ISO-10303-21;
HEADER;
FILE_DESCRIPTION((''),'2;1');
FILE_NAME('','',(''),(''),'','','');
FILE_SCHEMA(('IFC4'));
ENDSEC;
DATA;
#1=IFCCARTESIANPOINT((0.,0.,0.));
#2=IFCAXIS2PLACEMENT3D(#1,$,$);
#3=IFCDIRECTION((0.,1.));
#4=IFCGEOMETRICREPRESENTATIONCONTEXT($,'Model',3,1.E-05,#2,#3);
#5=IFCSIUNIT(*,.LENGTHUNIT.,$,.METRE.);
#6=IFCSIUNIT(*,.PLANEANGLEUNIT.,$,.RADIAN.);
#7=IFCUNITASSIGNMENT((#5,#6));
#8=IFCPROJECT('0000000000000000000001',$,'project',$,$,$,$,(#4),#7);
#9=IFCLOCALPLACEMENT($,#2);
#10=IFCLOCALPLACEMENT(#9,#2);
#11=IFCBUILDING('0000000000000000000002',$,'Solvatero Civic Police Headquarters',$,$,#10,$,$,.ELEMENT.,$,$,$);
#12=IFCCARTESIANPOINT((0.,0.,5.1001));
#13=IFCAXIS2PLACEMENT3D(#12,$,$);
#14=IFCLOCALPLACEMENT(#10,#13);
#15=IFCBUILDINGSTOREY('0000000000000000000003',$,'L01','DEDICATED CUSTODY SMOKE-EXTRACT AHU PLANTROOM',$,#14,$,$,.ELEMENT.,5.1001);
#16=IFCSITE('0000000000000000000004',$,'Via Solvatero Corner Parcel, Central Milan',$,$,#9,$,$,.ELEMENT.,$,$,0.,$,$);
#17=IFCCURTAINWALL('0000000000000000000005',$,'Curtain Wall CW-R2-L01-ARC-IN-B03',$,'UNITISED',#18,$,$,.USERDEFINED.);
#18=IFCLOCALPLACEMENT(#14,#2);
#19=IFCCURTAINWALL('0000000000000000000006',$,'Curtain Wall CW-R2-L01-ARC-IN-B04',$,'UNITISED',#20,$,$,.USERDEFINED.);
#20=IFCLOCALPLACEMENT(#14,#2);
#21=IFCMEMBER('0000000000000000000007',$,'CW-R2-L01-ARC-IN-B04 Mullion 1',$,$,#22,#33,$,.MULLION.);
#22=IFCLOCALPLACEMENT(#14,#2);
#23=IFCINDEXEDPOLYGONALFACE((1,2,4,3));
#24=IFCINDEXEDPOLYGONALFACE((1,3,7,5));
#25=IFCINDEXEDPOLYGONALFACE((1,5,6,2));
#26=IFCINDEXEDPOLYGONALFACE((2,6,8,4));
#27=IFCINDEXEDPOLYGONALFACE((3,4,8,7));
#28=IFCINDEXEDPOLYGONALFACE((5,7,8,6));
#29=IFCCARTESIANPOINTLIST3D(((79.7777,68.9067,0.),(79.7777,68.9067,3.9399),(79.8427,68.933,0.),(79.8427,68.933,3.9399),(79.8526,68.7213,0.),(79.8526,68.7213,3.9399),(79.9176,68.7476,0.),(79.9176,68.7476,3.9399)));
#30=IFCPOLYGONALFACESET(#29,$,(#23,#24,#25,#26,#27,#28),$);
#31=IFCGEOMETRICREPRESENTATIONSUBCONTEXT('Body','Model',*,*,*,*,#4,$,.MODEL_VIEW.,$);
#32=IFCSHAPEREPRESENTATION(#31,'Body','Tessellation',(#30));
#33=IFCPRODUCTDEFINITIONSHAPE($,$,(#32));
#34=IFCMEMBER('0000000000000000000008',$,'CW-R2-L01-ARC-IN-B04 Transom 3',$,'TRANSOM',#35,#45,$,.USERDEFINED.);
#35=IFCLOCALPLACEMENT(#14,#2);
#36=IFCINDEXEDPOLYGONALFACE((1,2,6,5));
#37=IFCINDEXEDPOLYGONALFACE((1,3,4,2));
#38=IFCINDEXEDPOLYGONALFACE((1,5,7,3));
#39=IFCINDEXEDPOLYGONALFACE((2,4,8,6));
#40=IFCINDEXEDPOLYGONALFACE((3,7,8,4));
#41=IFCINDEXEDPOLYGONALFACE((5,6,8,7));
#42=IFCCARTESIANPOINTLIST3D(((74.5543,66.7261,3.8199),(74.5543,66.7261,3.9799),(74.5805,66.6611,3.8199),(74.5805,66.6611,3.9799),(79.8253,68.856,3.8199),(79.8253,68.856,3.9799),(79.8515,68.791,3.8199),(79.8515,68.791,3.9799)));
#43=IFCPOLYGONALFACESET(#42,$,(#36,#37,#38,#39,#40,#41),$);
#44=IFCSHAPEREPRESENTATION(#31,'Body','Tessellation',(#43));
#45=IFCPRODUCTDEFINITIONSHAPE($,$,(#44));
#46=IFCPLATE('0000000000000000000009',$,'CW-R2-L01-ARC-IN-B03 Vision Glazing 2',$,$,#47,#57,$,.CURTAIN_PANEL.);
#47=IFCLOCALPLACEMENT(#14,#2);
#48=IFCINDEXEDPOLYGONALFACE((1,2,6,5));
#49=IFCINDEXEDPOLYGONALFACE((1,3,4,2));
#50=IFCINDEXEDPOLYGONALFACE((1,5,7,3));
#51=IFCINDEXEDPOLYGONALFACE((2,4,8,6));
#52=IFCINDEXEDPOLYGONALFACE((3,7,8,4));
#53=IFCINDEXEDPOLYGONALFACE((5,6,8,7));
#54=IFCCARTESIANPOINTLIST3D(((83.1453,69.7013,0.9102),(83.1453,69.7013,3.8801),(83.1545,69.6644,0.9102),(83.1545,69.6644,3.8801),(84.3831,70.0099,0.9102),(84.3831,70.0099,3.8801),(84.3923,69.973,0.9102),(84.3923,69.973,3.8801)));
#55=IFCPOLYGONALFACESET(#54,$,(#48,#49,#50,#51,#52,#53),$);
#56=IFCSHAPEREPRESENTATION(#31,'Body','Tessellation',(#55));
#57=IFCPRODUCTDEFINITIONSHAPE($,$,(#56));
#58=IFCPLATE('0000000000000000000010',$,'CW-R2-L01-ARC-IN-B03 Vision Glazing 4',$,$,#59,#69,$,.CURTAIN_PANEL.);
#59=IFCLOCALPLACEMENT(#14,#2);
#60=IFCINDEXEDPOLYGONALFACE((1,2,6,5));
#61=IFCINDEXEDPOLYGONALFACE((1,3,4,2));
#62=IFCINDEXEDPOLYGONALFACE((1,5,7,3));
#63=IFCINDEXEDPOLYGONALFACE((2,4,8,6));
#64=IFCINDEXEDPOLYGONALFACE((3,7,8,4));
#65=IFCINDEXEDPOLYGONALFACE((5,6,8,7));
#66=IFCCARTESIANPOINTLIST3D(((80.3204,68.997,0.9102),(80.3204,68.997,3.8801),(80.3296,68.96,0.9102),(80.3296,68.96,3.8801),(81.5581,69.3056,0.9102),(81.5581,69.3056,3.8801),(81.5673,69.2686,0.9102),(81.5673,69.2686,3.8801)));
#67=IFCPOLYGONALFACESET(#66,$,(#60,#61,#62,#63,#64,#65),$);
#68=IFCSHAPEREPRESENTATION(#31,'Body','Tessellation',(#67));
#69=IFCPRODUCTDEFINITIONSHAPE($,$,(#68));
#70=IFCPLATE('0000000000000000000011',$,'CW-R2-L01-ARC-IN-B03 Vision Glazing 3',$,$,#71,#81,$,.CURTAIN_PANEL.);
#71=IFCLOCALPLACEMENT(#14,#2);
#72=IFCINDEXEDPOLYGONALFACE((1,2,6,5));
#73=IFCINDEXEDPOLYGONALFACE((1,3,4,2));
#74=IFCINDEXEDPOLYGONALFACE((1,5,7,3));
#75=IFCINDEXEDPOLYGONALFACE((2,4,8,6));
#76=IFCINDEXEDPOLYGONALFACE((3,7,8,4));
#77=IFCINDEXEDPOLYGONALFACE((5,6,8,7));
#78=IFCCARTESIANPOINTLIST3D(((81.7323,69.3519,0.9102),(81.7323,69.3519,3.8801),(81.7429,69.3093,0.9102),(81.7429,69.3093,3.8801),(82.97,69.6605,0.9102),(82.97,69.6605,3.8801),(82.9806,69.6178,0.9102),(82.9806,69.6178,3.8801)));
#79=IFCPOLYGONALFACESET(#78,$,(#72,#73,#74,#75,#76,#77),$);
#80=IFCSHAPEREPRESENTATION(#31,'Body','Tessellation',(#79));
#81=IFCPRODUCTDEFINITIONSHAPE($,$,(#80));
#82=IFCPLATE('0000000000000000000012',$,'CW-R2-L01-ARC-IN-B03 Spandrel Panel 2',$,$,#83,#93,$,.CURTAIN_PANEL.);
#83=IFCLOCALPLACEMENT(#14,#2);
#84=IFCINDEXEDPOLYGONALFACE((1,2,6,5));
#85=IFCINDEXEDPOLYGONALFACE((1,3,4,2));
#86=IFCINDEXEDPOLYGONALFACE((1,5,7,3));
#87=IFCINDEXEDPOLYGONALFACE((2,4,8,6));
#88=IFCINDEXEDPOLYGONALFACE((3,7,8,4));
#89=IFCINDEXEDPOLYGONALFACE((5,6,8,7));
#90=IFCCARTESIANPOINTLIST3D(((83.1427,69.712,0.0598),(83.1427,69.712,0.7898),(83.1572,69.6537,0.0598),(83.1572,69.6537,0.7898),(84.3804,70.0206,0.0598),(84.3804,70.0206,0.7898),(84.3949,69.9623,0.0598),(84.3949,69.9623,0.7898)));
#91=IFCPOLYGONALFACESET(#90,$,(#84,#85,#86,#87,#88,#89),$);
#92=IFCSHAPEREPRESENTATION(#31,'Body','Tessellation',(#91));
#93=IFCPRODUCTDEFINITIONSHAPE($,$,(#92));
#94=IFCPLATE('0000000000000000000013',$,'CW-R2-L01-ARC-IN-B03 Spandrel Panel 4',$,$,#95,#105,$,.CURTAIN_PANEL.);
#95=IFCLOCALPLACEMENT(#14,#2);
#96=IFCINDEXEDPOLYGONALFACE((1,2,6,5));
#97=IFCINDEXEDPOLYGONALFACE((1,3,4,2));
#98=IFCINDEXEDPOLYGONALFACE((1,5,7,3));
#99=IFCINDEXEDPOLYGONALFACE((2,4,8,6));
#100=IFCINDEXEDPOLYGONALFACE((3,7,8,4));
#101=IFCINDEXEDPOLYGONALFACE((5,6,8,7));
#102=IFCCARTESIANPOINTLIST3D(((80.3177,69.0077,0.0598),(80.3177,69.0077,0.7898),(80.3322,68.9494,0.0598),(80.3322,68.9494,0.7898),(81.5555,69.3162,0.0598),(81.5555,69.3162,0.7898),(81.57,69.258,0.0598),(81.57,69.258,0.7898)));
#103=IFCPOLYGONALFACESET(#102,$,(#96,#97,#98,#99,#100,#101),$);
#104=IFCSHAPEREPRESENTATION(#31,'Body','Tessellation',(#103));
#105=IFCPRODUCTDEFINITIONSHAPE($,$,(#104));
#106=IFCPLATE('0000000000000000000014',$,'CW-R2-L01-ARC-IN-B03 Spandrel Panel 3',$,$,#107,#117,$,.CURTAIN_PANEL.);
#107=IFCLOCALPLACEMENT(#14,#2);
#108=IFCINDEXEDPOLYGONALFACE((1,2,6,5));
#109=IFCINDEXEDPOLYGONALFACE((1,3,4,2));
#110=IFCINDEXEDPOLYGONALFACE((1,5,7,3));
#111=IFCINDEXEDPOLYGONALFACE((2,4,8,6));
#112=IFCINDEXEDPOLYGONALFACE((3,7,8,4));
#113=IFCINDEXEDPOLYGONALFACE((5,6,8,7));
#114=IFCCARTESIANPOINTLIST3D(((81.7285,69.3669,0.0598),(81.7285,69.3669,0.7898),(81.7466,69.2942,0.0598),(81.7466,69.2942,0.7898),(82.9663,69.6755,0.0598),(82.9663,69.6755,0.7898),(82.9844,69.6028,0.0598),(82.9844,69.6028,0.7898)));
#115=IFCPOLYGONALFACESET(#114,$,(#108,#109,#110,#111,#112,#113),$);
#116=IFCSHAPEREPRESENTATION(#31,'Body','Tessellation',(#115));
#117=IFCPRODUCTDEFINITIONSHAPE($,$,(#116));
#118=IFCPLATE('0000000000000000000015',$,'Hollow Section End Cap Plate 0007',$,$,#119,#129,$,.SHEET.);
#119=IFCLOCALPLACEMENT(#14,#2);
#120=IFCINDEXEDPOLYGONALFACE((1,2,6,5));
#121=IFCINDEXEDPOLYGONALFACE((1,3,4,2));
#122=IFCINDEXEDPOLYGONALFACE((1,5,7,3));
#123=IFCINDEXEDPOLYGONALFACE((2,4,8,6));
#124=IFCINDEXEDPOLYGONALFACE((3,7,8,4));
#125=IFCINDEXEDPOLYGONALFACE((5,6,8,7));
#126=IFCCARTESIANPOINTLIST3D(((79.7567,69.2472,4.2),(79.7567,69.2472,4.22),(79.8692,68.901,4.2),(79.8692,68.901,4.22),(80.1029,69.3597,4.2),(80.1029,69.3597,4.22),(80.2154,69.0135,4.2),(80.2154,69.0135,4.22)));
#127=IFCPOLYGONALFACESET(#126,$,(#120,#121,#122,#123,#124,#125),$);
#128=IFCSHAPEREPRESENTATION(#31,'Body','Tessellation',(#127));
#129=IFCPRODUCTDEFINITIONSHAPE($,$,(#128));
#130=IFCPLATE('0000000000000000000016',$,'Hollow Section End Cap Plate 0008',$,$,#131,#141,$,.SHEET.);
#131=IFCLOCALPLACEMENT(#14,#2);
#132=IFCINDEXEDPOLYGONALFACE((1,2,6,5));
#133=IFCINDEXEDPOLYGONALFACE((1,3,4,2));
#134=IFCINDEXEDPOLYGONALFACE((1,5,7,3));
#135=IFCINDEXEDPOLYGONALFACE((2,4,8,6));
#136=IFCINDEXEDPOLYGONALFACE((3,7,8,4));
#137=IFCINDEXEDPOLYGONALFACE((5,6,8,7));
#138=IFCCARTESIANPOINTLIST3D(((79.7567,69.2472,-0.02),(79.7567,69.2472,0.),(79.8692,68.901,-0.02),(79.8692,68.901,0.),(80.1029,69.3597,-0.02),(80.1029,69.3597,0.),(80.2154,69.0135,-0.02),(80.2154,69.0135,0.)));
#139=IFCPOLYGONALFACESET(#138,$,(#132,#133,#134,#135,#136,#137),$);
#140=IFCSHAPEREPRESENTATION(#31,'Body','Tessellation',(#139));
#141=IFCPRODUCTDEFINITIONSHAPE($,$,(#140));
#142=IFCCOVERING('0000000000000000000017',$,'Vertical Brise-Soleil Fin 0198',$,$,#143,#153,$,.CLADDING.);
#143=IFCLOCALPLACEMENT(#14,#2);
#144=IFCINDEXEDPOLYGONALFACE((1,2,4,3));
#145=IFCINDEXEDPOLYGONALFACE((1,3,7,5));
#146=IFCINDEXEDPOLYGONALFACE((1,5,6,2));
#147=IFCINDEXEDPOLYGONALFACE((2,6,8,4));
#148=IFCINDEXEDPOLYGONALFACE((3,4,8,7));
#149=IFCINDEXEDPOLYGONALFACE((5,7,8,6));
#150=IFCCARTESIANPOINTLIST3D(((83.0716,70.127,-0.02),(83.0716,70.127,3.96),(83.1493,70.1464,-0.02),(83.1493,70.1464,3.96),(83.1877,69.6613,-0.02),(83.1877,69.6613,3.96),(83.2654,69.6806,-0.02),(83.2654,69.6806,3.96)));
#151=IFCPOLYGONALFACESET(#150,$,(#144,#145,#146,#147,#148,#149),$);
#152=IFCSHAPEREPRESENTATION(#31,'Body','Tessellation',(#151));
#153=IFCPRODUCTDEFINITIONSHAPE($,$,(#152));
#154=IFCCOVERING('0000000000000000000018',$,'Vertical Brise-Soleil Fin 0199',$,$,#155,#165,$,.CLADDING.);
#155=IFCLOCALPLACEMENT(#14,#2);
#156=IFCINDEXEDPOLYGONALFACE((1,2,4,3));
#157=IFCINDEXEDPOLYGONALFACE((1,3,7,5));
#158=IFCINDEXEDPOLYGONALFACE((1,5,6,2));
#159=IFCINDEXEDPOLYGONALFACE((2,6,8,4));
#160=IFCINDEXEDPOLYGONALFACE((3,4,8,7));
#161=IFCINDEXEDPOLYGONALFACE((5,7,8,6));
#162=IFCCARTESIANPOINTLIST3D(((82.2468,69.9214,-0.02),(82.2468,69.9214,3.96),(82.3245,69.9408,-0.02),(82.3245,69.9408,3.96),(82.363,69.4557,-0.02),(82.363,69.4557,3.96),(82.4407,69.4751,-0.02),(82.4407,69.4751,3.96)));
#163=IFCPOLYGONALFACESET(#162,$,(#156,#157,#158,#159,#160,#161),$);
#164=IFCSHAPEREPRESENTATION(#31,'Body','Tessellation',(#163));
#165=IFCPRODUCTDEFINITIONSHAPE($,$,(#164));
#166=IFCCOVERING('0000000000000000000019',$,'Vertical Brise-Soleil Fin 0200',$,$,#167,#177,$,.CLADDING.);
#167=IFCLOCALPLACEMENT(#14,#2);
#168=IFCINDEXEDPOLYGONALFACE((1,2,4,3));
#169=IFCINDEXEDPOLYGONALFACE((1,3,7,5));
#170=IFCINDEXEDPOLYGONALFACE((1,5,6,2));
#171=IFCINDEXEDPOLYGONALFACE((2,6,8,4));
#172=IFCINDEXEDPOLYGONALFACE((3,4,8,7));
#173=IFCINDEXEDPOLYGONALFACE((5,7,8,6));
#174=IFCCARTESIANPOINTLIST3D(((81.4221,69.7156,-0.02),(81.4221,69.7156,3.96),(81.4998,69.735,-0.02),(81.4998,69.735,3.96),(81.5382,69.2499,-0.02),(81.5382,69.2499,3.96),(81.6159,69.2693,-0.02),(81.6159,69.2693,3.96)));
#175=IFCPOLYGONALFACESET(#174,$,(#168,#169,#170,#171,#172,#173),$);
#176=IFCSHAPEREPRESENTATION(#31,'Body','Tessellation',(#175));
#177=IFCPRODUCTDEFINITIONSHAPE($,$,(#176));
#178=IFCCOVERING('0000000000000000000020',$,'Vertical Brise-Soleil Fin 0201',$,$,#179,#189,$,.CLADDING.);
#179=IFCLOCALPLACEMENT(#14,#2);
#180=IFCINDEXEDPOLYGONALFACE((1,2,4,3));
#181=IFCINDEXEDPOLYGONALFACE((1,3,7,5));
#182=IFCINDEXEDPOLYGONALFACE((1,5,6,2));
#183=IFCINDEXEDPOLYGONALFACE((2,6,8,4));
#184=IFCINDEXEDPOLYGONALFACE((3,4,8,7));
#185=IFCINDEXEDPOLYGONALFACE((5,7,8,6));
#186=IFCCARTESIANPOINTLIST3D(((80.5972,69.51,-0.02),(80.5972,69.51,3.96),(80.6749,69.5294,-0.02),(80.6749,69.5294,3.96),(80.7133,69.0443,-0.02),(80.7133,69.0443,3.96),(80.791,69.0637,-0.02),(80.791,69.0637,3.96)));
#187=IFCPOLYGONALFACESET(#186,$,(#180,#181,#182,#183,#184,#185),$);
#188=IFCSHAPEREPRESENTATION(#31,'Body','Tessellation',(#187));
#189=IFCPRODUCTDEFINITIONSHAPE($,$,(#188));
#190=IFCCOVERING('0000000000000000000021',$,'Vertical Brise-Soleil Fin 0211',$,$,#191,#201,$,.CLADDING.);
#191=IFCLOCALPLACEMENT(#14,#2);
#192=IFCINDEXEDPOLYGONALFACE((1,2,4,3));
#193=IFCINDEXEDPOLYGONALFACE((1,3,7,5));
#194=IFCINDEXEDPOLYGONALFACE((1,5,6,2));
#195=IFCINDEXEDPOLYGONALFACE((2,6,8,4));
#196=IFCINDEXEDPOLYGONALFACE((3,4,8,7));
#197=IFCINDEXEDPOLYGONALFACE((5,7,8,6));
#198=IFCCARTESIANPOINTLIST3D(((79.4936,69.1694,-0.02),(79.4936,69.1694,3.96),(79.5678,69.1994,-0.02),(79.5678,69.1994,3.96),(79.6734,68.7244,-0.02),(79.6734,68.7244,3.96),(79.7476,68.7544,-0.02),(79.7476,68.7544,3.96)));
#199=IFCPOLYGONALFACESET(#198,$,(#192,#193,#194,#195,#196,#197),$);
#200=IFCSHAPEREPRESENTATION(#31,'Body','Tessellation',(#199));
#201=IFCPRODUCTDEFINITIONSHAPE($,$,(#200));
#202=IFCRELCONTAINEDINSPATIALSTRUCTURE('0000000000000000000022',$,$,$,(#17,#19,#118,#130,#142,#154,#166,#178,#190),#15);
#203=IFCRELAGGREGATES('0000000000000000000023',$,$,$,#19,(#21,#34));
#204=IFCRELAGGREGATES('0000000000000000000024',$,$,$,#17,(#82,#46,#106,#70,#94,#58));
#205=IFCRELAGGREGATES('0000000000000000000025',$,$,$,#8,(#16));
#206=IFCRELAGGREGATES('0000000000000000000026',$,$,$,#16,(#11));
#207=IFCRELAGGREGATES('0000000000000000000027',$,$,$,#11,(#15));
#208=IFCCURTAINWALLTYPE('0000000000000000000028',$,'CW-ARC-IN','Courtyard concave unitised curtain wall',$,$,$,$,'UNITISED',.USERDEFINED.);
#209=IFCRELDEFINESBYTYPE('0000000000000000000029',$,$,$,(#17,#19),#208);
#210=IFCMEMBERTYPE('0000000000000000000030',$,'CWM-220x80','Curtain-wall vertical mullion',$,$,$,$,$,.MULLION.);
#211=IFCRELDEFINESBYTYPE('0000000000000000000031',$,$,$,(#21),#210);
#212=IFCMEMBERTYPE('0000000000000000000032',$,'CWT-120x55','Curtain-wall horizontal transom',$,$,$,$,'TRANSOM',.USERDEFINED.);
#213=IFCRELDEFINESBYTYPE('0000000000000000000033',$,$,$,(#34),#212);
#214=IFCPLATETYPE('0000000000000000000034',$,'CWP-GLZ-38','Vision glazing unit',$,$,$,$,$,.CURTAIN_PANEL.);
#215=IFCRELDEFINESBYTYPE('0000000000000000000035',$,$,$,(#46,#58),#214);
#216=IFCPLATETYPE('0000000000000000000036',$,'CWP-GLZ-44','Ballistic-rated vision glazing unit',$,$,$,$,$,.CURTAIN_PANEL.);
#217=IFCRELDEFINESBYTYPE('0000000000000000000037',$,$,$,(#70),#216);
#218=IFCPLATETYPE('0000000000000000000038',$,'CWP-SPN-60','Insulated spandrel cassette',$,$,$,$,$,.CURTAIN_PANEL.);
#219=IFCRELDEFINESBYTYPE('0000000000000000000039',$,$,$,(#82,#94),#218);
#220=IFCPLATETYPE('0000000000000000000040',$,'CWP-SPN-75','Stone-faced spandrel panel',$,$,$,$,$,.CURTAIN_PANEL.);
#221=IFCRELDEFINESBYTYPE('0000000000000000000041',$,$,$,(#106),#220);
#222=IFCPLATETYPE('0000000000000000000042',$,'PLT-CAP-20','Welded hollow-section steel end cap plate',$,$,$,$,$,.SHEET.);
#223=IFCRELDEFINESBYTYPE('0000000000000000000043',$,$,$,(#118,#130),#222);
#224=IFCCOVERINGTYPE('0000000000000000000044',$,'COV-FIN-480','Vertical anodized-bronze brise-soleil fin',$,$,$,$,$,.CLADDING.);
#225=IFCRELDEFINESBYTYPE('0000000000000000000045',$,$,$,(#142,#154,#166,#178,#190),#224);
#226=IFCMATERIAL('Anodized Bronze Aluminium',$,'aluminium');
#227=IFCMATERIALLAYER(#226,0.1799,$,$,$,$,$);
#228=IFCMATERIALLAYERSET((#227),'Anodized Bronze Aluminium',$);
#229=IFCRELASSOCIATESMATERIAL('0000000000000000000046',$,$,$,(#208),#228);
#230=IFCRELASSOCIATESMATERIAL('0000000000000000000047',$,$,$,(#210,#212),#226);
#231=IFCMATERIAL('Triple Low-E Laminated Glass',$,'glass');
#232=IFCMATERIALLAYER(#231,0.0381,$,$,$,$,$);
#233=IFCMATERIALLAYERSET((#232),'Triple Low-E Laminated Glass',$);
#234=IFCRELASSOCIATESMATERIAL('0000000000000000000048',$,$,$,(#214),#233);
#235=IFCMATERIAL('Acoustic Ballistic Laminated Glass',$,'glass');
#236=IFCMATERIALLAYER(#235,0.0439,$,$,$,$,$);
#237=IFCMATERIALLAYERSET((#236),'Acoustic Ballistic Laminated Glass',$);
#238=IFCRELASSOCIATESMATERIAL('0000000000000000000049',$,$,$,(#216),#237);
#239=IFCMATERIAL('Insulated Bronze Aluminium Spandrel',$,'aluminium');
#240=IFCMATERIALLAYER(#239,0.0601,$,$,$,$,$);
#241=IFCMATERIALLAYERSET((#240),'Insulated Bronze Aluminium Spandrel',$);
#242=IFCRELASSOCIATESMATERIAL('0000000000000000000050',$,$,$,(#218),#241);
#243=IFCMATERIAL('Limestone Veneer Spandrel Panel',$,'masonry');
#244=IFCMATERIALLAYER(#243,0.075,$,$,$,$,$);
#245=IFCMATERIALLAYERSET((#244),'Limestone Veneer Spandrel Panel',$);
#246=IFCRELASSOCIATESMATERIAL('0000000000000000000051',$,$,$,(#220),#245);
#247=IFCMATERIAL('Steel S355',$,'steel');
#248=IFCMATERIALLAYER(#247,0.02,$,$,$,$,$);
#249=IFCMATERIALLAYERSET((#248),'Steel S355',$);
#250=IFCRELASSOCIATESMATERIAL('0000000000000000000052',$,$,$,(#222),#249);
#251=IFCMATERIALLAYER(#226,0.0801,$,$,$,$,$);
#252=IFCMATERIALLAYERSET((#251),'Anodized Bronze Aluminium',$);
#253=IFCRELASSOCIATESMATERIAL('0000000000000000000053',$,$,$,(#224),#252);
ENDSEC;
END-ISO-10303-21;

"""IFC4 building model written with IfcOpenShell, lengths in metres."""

from ifc_helpers import new_model, si_unit, direction, frame, origin, origin_2d, place, context, subcontext, project, spatial, rectangle, extrude, material, layer, layer_set, material_profile, profile_set, type_object, element, aggregate, save


model = new_model("IFC4")

# Units and contexts
model_context = context("Model", 3, precision=1e-05, world=origin(), true_north=direction((0.0, 1.0)))
body_context = subcontext(model_context, "Body", "Model", "MODEL_VIEW")
ifc_project = project(units=[si_unit("LENGTHUNIT", "METRE"), si_unit("PLANEANGLEUNIT", "RADIAN")], contexts=[model_context])

# Site, building, storey
site_placement = place(None, origin())
site = spatial("IfcSite", under=ifc_project, at=site_placement, Name="Via Solvatero Corner Parcel, Central Milan", CompositionType="ELEMENT", RefElevation=0.0)
building_placement = place(site_placement, origin())
building = spatial("IfcBuilding", under=site, at=building_placement, Name="Solvatero Civic Police Headquarters", CompositionType="ELEMENT")
storey_placement = place(building_placement, frame((0.0, 0.0, 5.1001)))
storey = spatial("IfcBuildingStorey", under=building, at=storey_placement, Name="L01", Description="DEDICATED CUSTODY SMOKE-EXTRACT AHU PLANTROOM", CompositionType="ELEMENT", Elevation=5.1001)

# Shared definitions
ifc_material_1 = material(Name="Steel S355", Category="steel")

# Curtain walls, members
ifc_material_2 = material(Name="Anodized Bronze Aluminium", Category="aluminium")
ifc_layer_1 = layer(ifc_material_2, 0.1799)
ifc_layer_set_1 = layer_set([ifc_layer_1], Name="Anodized Bronze Aluminium")
curtain_wall_type = type_object("IfcCurtainWallType", Name="CW-ARC-IN", Description="Courtyard concave unitised curtain wall", ElementType="UNITISED", PredefinedType="USERDEFINED", material=ifc_layer_set_1)
curtain_wall_1_placement = place(storey_placement, origin())
curtain_wall_1 = element("IfcCurtainWall", 1, at=curtain_wall_1_placement, inside=storey, type_object=curtain_wall_type, Name="Curtain Wall CW-R2-L01-ARC-IN-B03", ObjectType="UNITISED", PredefinedType="USERDEFINED")
curtain_wall_2_placement = place(storey_placement, origin())
curtain_wall_2 = element("IfcCurtainWall", 2, at=curtain_wall_2_placement, inside=storey, type_object=curtain_wall_type, Name="Curtain Wall CW-R2-L01-ARC-IN-B04", ObjectType="UNITISED", PredefinedType="USERDEFINED")
ifc_material_profile_1 = material_profile(ifc_material_2, rectangle(XDim=0.0701, YDim=0.2, at=origin_2d()), Name="ALU MULLION 70x200")
ifc_profile_set_1 = profile_set([ifc_material_profile_1], Name="Anodized Bronze Aluminium")
member_type_1 = type_object("IfcMemberType", Name="CWM-220x80", Description="Curtain-wall vertical mullion", PredefinedType="MULLION", material=ifc_profile_set_1)
member_1_placement = place(storey_placement, frame((79.8477, 68.8271, 0.0), z_axis=(0.0, 0.0, 1.0), x_axis=(-0.927184, -0.374607, 0.0)))
member_1 = element("IfcMember", 3, at=member_1_placement, type_object=member_type_1, Name="CW-R2-L01-ARC-IN-B04 Mullion 1", PredefinedType="MULLION", context=body_context, shape_type="SweptSolid", body=[
    extrude(rectangle(XDim=0.0701, YDim=0.2, at=origin_2d()), origin(), (0.0, 0.0, 1.0), 3.9399),
])
ifc_material_profile_2 = material_profile(ifc_material_2, rectangle(XDim=0.0701, YDim=0.1599, at=origin_2d()), Name="ALU TRANSOM 70x160")
ifc_profile_set_2 = profile_set([ifc_material_profile_2], Name="Anodized Bronze Aluminium")
member_type_2 = type_object("IfcMemberType", Name="CWT-120x55", Description="Curtain-wall horizontal transom", ElementType="TRANSOM", PredefinedType="USERDEFINED", material=ifc_profile_set_2)
member_2_placement = place(storey_placement, frame((79.8384, 68.8235, 3.8999), z_axis=(-0.927168, -0.374646, 0.0), x_axis=(0.374646, -0.927168, 0.0)))
member_2 = element("IfcMember", 4, at=member_2_placement, type_object=member_type_2, Name="CW-R2-L01-ARC-IN-B04 Transom 3", ObjectType="TRANSOM", PredefinedType="USERDEFINED", context=body_context, shape_type="SweptSolid", body=[
    extrude(rectangle(XDim=0.0701, YDim=0.1599, at=origin_2d()), origin(), (0.0, 0.0, 1.0), 5.6851),
])
aggregate(curtain_wall_2, [member_1, member_2])

# Plates
ifc_material_3 = material(Name="Triple Low-E Laminated Glass", Category="glass")
ifc_layer_2 = layer(ifc_material_3, 0.0381)
ifc_layer_set_2 = layer_set([ifc_layer_2], Name="Triple Low-E Laminated Glass")
plate_type_1 = type_object("IfcPlateType", Name="CWP-GLZ-38", Description="Vision glazing unit", PredefinedType="CURTAIN_PANEL", material=ifc_layer_set_2)
plate_1_placement = place(storey_placement, frame((83.7688, 69.8372, 0.9102), z_axis=(0.0, 0.0, 1.0), x_axis=(-0.9703, -0.241905, 0.0)))
plate_1 = element("IfcPlate", 5, at=plate_1_placement, type_object=plate_type_1, Name="CW-R2-L01-ARC-IN-B03 Vision Glazing 2", PredefinedType="CURTAIN_PANEL", context=body_context, shape_type="SweptSolid", body=[
    extrude(rectangle(XDim=1.2756, YDim=0.0381, at=origin_2d()), origin(), (0.0, 0.0, 1.0), 2.97),
])
plate_2_placement = place(storey_placement, frame((80.9438, 69.1328, 0.9102), z_axis=(0.0, 0.0, 1.0), x_axis=(-0.9703, -0.241905, 0.0)))
plate_2 = element("IfcPlate", 6, at=plate_2_placement, type_object=plate_type_1, Name="CW-R2-L01-ARC-IN-B03 Vision Glazing 4", PredefinedType="CURTAIN_PANEL", context=body_context, shape_type="SweptSolid", body=[
    extrude(rectangle(XDim=1.2756, YDim=0.0381, at=origin_2d()), origin(), (0.0, 0.0, 1.0), 2.97),
])
ifc_material_4 = material(Name="Acoustic Ballistic Laminated Glass", Category="glass")
ifc_layer_3 = layer(ifc_material_4, 0.0439)
ifc_layer_set_3 = layer_set([ifc_layer_3], Name="Acoustic Ballistic Laminated Glass")
plate_type_2 = type_object("IfcPlateType", Name="CWP-GLZ-44", Description="Ballistic-rated vision glazing unit", PredefinedType="CURTAIN_PANEL", material=ifc_layer_set_3)
plate_3_placement = place(storey_placement, frame((82.3564, 69.4849, 0.9102), z_axis=(0.0, 0.0, 1.0), x_axis=(-0.9703, -0.241905, 0.0)))
plate_3 = element("IfcPlate", 7, at=plate_3_placement, type_object=plate_type_2, Name="CW-R2-L01-ARC-IN-B03 Vision Glazing 3", PredefinedType="CURTAIN_PANEL", context=body_context, shape_type="SweptSolid", body=[
    extrude(rectangle(XDim=1.2756, YDim=0.0439, at=origin_2d()), origin(), (0.0, 0.0, 1.0), 2.97),
])
ifc_material_5 = material(Name="Insulated Bronze Aluminium Spandrel", Category="aluminium")
ifc_layer_4 = layer(ifc_material_5, 0.0601)
ifc_layer_set_4 = layer_set([ifc_layer_4], Name="Insulated Bronze Aluminium Spandrel")
plate_type_3 = type_object("IfcPlateType", Name="CWP-SPN-60", Description="Insulated spandrel cassette", PredefinedType="CURTAIN_PANEL", material=ifc_layer_set_4)
plate_4_placement = place(storey_placement, frame((83.7688, 69.8372, 0.0598), z_axis=(0.0, 0.0, 1.0), x_axis=(-0.9703, -0.241905, 0.0)))
plate_4 = element("IfcPlate", 8, at=plate_4_placement, type_object=plate_type_3, Name="CW-R2-L01-ARC-IN-B03 Spandrel Panel 2", PredefinedType="CURTAIN_PANEL", context=body_context, shape_type="SweptSolid", body=[
    extrude(rectangle(XDim=1.2756, YDim=0.0601, at=origin_2d()), origin(), (0.0, 0.0, 1.0), 0.73),
])
plate_5_placement = place(storey_placement, frame((80.9438, 69.1328, 0.0598), z_axis=(0.0, 0.0, 1.0), x_axis=(-0.9703, -0.241905, 0.0)))
plate_5 = element("IfcPlate", 9, at=plate_5_placement, type_object=plate_type_3, Name="CW-R2-L01-ARC-IN-B03 Spandrel Panel 4", PredefinedType="CURTAIN_PANEL", context=body_context, shape_type="SweptSolid", body=[
    extrude(rectangle(XDim=1.2756, YDim=0.0601, at=origin_2d()), origin(), (0.0, 0.0, 1.0), 0.73),
])
ifc_material_6 = material(Name="Limestone Veneer Spandrel Panel", Category="masonry")
ifc_layer_5 = layer(ifc_material_6, 0.075)
ifc_layer_set_5 = layer_set([ifc_layer_5], Name="Limestone Veneer Spandrel Panel")
plate_type_4 = type_object("IfcPlateType", Name="CWP-SPN-75", Description="Stone-faced spandrel panel", PredefinedType="CURTAIN_PANEL", material=ifc_layer_set_5)
plate_6_placement = place(storey_placement, frame((82.3564, 69.4849, 0.0598), z_axis=(0.0, 0.0, 1.0), x_axis=(-0.9703, -0.241905, 0.0)))
plate_6 = element("IfcPlate", 10, at=plate_6_placement, type_object=plate_type_4, Name="CW-R2-L01-ARC-IN-B03 Spandrel Panel 3", PredefinedType="CURTAIN_PANEL", context=body_context, shape_type="SweptSolid", body=[
    extrude(rectangle(XDim=1.2756, YDim=0.075, at=origin_2d()), origin(), (0.0, 0.0, 1.0), 0.73),
])
aggregate(curtain_wall_1, [plate_4, plate_1, plate_6, plate_3, plate_5, plate_2])

# Plates
ifc_layer_6 = layer(ifc_material_1, 0.02)
ifc_layer_set_6 = layer_set([ifc_layer_6], Name="Steel S355")
plate_type_5 = type_object("IfcPlateType", Name="PLT-CAP-20", Description="Welded hollow-section steel end cap plate", PredefinedType="SHEET", material=ifc_layer_set_6)
for number, where, z_axis, x_axis, name in (
    (11, (79.9861, 69.1304, 4.2), (0.0, 0.0, 1.0), (0.951057, 0.309017, 0.0), "Hollow Section End Cap Plate 0007"),
    (12, (79.9861, 69.1304, -0.02), (0.0, 0.0, 1.0), (0.951057, 0.309017, 0.0), "Hollow Section End Cap Plate 0008"),
):
    element("IfcPlate", number, at=place(storey_placement, frame(where, z_axis=z_axis, x_axis=x_axis)), inside=storey, type_object=plate_type_5, Name=name, PredefinedType="SHEET", context=body_context, shape_type="SweptSolid", body=[
        extrude(rectangle(XDim=0.364, YDim=0.364, at=origin_2d()), origin(), (0.0, 0.0, 1.0), 0.02),
    ])

# Coverings
ifc_layer_7 = layer(ifc_material_2, 0.0801)
ifc_layer_set_7 = layer_set([ifc_layer_7], Name="Anodized Bronze Aluminium")
covering_type = type_object("IfcCoveringType", Name="COV-FIN-480", Description="Vertical anodized-bronze brise-soleil fin", PredefinedType="CLADDING", material=ifc_layer_set_7)
for number, where, z_axis, x_axis, name in (
    (13, (83.1685, 69.9038, -0.02), (0.0, 0.0, 1.0), (-0.9703, -0.241905, 0.0), "Vertical Brise-Soleil Fin 0198"),
    (14, (82.3438, 69.6982, -0.02), (0.0, 0.0, 1.0), (-0.9703, -0.241905, 0.0), "Vertical Brise-Soleil Fin 0199"),
    (15, (81.519, 69.4924, -0.02), (0.0, 0.0, 1.0), (-0.9703, -0.241905, 0.0), "Vertical Brise-Soleil Fin 0200"),
    (16, (80.6941, 69.2869, -0.02), (0.0, 0.0, 1.0), (-0.9703, -0.241905, 0.0), "Vertical Brise-Soleil Fin 0201"),
    (17, (79.6206, 68.9619, -0.02), (0.0, 0.0, 1.0), (-0.927184, -0.374607, 0.0), "Vertical Brise-Soleil Fin 0211"),
):
    element("IfcCovering", number, at=place(storey_placement, frame(where, z_axis=z_axis, x_axis=x_axis)), inside=storey, type_object=covering_type, Name=name, PredefinedType="CLADDING", context=body_context, shape_type="SweptSolid", body=[
        extrude(rectangle(XDim=0.0801, YDim=0.48, at=origin_2d()), origin(), (0.0, 0.0, 1.0), 3.98),
    ])

save(model, "model.ifc")
